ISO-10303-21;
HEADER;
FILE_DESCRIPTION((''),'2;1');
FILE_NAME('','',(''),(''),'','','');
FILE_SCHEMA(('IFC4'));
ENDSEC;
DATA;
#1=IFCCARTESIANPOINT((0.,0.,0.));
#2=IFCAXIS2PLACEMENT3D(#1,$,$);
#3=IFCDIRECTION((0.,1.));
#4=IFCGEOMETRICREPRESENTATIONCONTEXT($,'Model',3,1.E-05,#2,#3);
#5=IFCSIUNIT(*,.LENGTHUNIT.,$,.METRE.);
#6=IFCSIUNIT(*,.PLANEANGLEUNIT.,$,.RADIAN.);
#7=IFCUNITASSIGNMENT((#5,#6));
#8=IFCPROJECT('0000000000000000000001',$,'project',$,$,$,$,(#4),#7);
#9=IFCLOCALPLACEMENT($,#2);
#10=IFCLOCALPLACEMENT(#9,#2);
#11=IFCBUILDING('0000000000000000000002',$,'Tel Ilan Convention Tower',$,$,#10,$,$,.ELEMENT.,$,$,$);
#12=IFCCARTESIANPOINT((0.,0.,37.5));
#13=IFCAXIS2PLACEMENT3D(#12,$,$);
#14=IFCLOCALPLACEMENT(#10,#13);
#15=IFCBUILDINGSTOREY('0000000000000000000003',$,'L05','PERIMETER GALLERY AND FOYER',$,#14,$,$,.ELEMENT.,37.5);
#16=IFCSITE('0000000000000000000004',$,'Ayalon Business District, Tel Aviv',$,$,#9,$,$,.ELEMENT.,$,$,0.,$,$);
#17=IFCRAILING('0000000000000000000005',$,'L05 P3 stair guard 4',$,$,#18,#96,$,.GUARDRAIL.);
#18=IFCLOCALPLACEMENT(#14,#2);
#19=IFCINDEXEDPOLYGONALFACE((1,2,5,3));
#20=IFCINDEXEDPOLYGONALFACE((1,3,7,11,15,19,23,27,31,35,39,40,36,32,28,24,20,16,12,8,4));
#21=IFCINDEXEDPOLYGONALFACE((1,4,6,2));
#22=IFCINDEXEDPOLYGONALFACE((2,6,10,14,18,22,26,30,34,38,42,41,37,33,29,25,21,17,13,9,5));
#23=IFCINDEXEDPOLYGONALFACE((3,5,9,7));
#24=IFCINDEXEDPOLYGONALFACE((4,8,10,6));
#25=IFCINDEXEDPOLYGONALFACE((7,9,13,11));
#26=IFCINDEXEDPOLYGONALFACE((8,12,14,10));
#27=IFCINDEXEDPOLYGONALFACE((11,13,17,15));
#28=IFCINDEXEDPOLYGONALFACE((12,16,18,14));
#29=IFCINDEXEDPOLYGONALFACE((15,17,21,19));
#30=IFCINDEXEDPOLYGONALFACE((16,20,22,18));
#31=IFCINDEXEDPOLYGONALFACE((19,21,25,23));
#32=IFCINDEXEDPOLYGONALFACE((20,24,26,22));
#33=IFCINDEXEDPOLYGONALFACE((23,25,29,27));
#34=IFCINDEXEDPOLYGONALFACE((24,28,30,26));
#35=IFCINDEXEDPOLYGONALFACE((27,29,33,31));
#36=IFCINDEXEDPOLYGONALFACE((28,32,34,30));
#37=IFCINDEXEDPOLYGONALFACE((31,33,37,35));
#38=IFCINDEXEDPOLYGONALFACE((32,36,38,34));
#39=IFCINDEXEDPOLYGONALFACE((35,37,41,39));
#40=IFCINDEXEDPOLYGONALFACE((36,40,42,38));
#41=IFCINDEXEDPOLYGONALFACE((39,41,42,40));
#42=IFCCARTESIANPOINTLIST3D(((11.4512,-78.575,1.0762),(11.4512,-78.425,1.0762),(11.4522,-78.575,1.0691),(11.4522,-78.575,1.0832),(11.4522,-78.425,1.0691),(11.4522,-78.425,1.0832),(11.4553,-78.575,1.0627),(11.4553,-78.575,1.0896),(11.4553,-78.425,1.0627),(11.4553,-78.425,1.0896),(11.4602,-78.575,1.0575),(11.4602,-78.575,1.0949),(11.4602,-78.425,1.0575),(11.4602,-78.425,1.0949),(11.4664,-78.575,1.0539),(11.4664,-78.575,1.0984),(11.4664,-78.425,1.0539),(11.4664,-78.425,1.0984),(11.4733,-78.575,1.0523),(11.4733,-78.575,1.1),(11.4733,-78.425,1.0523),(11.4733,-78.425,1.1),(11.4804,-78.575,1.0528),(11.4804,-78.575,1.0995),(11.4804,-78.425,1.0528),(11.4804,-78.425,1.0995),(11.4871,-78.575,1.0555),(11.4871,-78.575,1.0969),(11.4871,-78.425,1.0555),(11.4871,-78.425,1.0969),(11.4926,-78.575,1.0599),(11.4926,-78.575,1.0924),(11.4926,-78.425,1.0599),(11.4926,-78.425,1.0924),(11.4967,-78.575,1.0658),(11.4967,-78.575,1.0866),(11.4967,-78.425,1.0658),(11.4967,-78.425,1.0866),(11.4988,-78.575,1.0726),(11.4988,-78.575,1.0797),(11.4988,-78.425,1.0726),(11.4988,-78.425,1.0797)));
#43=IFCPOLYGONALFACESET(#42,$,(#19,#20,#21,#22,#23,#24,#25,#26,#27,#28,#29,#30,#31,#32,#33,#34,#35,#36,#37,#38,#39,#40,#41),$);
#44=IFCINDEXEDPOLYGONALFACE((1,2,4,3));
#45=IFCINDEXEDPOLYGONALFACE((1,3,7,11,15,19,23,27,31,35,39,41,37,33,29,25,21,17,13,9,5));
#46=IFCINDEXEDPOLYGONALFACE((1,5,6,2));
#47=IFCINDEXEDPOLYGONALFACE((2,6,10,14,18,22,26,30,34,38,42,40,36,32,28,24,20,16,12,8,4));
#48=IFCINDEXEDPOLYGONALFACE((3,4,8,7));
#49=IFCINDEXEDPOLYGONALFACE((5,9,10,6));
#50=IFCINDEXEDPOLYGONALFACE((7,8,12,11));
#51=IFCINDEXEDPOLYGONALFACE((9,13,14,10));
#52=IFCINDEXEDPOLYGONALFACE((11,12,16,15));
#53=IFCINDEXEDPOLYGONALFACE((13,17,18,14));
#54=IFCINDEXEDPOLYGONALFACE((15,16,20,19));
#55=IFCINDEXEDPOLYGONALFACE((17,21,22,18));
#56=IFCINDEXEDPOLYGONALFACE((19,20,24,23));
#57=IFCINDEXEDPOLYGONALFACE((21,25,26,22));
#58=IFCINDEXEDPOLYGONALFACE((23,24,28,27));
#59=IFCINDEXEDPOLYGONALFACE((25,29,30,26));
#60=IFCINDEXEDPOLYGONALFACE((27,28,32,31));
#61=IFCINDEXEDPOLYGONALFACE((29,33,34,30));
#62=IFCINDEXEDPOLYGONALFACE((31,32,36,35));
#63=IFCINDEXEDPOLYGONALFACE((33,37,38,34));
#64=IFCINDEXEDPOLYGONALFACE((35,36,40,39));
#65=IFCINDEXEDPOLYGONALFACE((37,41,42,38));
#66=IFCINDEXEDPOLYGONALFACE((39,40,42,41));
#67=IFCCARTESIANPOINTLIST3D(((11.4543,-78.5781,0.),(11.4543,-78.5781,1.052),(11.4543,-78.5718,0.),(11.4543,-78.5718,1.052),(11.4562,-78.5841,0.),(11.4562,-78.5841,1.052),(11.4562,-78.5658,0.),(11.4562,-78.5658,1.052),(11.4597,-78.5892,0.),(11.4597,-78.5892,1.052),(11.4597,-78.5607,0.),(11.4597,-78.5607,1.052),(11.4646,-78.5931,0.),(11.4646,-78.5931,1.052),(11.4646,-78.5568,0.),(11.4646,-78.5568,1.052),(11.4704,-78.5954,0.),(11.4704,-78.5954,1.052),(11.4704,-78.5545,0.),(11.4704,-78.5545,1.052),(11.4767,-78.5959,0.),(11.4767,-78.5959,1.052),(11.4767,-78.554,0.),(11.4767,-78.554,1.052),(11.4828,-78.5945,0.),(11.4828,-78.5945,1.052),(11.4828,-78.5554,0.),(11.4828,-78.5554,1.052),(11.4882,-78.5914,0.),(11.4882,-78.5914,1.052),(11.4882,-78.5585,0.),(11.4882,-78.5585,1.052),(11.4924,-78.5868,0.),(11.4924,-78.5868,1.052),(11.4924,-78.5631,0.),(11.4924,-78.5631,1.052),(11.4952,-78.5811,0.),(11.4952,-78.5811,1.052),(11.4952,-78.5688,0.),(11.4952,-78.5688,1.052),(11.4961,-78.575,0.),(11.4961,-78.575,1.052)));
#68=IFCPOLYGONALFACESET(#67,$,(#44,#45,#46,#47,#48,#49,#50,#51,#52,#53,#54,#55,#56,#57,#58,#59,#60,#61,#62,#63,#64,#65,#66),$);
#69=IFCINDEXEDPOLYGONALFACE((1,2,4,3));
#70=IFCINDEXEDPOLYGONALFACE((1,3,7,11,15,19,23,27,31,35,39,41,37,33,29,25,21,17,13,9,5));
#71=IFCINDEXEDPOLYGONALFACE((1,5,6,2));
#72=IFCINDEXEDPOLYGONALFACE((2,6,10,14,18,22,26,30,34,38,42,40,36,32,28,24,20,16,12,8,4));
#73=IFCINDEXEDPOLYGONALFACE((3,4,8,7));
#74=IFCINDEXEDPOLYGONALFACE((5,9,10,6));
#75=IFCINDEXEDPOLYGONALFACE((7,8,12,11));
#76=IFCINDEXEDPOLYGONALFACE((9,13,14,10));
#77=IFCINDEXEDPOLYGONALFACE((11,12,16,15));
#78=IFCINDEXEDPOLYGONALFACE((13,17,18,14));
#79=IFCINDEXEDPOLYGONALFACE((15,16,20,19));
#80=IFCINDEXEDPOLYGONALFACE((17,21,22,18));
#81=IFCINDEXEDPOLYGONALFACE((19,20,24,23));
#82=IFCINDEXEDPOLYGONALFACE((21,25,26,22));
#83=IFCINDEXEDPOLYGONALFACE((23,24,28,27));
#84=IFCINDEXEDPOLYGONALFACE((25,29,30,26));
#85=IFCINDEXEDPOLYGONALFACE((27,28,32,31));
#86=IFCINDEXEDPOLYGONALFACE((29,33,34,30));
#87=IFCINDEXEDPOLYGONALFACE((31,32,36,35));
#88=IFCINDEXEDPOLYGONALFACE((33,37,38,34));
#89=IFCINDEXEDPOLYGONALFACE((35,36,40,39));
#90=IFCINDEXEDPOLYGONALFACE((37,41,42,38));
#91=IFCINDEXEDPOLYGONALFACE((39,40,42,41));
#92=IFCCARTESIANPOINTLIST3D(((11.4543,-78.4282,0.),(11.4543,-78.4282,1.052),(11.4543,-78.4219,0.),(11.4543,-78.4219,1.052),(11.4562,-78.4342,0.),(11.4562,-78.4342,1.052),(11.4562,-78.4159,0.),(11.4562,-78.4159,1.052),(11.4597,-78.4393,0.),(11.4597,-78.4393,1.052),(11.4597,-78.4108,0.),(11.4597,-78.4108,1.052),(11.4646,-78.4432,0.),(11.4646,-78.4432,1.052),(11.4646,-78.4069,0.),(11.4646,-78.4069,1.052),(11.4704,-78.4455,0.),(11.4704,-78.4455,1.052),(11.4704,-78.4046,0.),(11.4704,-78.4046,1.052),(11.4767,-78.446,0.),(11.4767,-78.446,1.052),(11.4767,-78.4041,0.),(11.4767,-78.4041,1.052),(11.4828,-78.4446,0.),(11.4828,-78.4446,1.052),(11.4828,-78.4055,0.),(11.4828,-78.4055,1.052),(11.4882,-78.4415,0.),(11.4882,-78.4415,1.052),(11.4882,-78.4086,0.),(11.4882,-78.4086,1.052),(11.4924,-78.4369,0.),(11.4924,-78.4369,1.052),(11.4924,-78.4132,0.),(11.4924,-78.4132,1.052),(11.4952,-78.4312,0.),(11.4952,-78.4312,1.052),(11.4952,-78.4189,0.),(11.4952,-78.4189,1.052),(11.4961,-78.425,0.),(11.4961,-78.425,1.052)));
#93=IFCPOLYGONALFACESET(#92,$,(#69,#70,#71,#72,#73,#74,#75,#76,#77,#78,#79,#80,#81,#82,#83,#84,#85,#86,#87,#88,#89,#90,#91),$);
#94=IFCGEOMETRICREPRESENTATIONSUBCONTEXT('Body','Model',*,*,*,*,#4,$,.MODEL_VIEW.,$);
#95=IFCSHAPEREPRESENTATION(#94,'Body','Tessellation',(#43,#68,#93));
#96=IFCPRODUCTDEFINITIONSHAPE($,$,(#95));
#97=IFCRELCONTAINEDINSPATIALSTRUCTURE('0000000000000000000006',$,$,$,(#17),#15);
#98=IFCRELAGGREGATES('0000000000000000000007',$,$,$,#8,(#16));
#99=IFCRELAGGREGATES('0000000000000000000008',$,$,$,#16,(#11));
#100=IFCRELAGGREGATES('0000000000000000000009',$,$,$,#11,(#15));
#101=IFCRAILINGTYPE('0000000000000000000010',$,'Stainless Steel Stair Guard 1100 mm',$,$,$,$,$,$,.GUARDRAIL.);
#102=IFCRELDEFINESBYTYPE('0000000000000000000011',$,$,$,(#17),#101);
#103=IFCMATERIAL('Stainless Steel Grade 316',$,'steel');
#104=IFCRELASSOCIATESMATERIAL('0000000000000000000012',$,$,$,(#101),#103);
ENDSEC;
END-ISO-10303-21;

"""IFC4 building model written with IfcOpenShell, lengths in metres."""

from ifc_helpers import new_model, si_unit, direction, frame, origin, origin_2d, place, context, subcontext, project, spatial, circle, extrude, material, type_object, element, save


model = new_model("IFC4")

# Units and contexts
model_context = context("Model", 3, precision=1e-05, world=origin(), true_north=direction((0.0, 1.0)))
body_context = subcontext(model_context, "Body", "Model", "MODEL_VIEW")
ifc_project = project(units=[si_unit("LENGTHUNIT", "METRE"), si_unit("PLANEANGLEUNIT", "RADIAN")], contexts=[model_context])

# Site, building, storey
site_placement = place(None, origin())
site = spatial("IfcSite", under=ifc_project, at=site_placement, Name="Ayalon Business District, Tel Aviv", CompositionType="ELEMENT", RefElevation=0.0)
building_placement = place(site_placement, origin())
building = spatial("IfcBuilding", under=site, at=building_placement, Name="Tel Ilan Convention Tower", CompositionType="ELEMENT")
storey_placement = place(building_placement, frame((0.0, 0.0, 37.5)))
storey = spatial("IfcBuildingStorey", under=building, at=storey_placement, Name="L05", Description="PERIMETER GALLERY AND FOYER", CompositionType="ELEMENT", Elevation=37.5)

# Railing
ifc_material_1 = material(Name="Stainless Steel Grade 316", Category="steel")
railing_type_1 = type_object("IfcRailingType", Name="Stainless Steel Stair Guard 1100 mm", PredefinedType="GUARDRAIL", material=ifc_material_1)
railing_1_placement = place(storey_placement, frame((11.4751, -78.575, 0.0)))
element("IfcRailing", 1, at=railing_1_placement, inside=storey, type_object=railing_type_1, Name="L05 P3 stair guard 4", PredefinedType="GUARDRAIL", context=body_context, shape_type="SweptSolid", body=[
    extrude(circle(Radius=0.0239, at=origin_2d()), frame((0.0, 0.0, 1.0762), z_axis=(0.0, 1.0, 0.0), x_axis=(-1.0, 0.0, 0.0)), (0.0, 0.0, 1.0), 0.1499),
    extrude(circle(Radius=0.021, at=origin_2d()), origin(), (0.0, 0.0, 1.0), 1.052),
    extrude(circle(Radius=0.021, at=origin_2d()), frame((0.0, 0.1499, 0.0)), (0.0, 0.0, 1.0), 1.052),
])

save(model, "model.ifc")
